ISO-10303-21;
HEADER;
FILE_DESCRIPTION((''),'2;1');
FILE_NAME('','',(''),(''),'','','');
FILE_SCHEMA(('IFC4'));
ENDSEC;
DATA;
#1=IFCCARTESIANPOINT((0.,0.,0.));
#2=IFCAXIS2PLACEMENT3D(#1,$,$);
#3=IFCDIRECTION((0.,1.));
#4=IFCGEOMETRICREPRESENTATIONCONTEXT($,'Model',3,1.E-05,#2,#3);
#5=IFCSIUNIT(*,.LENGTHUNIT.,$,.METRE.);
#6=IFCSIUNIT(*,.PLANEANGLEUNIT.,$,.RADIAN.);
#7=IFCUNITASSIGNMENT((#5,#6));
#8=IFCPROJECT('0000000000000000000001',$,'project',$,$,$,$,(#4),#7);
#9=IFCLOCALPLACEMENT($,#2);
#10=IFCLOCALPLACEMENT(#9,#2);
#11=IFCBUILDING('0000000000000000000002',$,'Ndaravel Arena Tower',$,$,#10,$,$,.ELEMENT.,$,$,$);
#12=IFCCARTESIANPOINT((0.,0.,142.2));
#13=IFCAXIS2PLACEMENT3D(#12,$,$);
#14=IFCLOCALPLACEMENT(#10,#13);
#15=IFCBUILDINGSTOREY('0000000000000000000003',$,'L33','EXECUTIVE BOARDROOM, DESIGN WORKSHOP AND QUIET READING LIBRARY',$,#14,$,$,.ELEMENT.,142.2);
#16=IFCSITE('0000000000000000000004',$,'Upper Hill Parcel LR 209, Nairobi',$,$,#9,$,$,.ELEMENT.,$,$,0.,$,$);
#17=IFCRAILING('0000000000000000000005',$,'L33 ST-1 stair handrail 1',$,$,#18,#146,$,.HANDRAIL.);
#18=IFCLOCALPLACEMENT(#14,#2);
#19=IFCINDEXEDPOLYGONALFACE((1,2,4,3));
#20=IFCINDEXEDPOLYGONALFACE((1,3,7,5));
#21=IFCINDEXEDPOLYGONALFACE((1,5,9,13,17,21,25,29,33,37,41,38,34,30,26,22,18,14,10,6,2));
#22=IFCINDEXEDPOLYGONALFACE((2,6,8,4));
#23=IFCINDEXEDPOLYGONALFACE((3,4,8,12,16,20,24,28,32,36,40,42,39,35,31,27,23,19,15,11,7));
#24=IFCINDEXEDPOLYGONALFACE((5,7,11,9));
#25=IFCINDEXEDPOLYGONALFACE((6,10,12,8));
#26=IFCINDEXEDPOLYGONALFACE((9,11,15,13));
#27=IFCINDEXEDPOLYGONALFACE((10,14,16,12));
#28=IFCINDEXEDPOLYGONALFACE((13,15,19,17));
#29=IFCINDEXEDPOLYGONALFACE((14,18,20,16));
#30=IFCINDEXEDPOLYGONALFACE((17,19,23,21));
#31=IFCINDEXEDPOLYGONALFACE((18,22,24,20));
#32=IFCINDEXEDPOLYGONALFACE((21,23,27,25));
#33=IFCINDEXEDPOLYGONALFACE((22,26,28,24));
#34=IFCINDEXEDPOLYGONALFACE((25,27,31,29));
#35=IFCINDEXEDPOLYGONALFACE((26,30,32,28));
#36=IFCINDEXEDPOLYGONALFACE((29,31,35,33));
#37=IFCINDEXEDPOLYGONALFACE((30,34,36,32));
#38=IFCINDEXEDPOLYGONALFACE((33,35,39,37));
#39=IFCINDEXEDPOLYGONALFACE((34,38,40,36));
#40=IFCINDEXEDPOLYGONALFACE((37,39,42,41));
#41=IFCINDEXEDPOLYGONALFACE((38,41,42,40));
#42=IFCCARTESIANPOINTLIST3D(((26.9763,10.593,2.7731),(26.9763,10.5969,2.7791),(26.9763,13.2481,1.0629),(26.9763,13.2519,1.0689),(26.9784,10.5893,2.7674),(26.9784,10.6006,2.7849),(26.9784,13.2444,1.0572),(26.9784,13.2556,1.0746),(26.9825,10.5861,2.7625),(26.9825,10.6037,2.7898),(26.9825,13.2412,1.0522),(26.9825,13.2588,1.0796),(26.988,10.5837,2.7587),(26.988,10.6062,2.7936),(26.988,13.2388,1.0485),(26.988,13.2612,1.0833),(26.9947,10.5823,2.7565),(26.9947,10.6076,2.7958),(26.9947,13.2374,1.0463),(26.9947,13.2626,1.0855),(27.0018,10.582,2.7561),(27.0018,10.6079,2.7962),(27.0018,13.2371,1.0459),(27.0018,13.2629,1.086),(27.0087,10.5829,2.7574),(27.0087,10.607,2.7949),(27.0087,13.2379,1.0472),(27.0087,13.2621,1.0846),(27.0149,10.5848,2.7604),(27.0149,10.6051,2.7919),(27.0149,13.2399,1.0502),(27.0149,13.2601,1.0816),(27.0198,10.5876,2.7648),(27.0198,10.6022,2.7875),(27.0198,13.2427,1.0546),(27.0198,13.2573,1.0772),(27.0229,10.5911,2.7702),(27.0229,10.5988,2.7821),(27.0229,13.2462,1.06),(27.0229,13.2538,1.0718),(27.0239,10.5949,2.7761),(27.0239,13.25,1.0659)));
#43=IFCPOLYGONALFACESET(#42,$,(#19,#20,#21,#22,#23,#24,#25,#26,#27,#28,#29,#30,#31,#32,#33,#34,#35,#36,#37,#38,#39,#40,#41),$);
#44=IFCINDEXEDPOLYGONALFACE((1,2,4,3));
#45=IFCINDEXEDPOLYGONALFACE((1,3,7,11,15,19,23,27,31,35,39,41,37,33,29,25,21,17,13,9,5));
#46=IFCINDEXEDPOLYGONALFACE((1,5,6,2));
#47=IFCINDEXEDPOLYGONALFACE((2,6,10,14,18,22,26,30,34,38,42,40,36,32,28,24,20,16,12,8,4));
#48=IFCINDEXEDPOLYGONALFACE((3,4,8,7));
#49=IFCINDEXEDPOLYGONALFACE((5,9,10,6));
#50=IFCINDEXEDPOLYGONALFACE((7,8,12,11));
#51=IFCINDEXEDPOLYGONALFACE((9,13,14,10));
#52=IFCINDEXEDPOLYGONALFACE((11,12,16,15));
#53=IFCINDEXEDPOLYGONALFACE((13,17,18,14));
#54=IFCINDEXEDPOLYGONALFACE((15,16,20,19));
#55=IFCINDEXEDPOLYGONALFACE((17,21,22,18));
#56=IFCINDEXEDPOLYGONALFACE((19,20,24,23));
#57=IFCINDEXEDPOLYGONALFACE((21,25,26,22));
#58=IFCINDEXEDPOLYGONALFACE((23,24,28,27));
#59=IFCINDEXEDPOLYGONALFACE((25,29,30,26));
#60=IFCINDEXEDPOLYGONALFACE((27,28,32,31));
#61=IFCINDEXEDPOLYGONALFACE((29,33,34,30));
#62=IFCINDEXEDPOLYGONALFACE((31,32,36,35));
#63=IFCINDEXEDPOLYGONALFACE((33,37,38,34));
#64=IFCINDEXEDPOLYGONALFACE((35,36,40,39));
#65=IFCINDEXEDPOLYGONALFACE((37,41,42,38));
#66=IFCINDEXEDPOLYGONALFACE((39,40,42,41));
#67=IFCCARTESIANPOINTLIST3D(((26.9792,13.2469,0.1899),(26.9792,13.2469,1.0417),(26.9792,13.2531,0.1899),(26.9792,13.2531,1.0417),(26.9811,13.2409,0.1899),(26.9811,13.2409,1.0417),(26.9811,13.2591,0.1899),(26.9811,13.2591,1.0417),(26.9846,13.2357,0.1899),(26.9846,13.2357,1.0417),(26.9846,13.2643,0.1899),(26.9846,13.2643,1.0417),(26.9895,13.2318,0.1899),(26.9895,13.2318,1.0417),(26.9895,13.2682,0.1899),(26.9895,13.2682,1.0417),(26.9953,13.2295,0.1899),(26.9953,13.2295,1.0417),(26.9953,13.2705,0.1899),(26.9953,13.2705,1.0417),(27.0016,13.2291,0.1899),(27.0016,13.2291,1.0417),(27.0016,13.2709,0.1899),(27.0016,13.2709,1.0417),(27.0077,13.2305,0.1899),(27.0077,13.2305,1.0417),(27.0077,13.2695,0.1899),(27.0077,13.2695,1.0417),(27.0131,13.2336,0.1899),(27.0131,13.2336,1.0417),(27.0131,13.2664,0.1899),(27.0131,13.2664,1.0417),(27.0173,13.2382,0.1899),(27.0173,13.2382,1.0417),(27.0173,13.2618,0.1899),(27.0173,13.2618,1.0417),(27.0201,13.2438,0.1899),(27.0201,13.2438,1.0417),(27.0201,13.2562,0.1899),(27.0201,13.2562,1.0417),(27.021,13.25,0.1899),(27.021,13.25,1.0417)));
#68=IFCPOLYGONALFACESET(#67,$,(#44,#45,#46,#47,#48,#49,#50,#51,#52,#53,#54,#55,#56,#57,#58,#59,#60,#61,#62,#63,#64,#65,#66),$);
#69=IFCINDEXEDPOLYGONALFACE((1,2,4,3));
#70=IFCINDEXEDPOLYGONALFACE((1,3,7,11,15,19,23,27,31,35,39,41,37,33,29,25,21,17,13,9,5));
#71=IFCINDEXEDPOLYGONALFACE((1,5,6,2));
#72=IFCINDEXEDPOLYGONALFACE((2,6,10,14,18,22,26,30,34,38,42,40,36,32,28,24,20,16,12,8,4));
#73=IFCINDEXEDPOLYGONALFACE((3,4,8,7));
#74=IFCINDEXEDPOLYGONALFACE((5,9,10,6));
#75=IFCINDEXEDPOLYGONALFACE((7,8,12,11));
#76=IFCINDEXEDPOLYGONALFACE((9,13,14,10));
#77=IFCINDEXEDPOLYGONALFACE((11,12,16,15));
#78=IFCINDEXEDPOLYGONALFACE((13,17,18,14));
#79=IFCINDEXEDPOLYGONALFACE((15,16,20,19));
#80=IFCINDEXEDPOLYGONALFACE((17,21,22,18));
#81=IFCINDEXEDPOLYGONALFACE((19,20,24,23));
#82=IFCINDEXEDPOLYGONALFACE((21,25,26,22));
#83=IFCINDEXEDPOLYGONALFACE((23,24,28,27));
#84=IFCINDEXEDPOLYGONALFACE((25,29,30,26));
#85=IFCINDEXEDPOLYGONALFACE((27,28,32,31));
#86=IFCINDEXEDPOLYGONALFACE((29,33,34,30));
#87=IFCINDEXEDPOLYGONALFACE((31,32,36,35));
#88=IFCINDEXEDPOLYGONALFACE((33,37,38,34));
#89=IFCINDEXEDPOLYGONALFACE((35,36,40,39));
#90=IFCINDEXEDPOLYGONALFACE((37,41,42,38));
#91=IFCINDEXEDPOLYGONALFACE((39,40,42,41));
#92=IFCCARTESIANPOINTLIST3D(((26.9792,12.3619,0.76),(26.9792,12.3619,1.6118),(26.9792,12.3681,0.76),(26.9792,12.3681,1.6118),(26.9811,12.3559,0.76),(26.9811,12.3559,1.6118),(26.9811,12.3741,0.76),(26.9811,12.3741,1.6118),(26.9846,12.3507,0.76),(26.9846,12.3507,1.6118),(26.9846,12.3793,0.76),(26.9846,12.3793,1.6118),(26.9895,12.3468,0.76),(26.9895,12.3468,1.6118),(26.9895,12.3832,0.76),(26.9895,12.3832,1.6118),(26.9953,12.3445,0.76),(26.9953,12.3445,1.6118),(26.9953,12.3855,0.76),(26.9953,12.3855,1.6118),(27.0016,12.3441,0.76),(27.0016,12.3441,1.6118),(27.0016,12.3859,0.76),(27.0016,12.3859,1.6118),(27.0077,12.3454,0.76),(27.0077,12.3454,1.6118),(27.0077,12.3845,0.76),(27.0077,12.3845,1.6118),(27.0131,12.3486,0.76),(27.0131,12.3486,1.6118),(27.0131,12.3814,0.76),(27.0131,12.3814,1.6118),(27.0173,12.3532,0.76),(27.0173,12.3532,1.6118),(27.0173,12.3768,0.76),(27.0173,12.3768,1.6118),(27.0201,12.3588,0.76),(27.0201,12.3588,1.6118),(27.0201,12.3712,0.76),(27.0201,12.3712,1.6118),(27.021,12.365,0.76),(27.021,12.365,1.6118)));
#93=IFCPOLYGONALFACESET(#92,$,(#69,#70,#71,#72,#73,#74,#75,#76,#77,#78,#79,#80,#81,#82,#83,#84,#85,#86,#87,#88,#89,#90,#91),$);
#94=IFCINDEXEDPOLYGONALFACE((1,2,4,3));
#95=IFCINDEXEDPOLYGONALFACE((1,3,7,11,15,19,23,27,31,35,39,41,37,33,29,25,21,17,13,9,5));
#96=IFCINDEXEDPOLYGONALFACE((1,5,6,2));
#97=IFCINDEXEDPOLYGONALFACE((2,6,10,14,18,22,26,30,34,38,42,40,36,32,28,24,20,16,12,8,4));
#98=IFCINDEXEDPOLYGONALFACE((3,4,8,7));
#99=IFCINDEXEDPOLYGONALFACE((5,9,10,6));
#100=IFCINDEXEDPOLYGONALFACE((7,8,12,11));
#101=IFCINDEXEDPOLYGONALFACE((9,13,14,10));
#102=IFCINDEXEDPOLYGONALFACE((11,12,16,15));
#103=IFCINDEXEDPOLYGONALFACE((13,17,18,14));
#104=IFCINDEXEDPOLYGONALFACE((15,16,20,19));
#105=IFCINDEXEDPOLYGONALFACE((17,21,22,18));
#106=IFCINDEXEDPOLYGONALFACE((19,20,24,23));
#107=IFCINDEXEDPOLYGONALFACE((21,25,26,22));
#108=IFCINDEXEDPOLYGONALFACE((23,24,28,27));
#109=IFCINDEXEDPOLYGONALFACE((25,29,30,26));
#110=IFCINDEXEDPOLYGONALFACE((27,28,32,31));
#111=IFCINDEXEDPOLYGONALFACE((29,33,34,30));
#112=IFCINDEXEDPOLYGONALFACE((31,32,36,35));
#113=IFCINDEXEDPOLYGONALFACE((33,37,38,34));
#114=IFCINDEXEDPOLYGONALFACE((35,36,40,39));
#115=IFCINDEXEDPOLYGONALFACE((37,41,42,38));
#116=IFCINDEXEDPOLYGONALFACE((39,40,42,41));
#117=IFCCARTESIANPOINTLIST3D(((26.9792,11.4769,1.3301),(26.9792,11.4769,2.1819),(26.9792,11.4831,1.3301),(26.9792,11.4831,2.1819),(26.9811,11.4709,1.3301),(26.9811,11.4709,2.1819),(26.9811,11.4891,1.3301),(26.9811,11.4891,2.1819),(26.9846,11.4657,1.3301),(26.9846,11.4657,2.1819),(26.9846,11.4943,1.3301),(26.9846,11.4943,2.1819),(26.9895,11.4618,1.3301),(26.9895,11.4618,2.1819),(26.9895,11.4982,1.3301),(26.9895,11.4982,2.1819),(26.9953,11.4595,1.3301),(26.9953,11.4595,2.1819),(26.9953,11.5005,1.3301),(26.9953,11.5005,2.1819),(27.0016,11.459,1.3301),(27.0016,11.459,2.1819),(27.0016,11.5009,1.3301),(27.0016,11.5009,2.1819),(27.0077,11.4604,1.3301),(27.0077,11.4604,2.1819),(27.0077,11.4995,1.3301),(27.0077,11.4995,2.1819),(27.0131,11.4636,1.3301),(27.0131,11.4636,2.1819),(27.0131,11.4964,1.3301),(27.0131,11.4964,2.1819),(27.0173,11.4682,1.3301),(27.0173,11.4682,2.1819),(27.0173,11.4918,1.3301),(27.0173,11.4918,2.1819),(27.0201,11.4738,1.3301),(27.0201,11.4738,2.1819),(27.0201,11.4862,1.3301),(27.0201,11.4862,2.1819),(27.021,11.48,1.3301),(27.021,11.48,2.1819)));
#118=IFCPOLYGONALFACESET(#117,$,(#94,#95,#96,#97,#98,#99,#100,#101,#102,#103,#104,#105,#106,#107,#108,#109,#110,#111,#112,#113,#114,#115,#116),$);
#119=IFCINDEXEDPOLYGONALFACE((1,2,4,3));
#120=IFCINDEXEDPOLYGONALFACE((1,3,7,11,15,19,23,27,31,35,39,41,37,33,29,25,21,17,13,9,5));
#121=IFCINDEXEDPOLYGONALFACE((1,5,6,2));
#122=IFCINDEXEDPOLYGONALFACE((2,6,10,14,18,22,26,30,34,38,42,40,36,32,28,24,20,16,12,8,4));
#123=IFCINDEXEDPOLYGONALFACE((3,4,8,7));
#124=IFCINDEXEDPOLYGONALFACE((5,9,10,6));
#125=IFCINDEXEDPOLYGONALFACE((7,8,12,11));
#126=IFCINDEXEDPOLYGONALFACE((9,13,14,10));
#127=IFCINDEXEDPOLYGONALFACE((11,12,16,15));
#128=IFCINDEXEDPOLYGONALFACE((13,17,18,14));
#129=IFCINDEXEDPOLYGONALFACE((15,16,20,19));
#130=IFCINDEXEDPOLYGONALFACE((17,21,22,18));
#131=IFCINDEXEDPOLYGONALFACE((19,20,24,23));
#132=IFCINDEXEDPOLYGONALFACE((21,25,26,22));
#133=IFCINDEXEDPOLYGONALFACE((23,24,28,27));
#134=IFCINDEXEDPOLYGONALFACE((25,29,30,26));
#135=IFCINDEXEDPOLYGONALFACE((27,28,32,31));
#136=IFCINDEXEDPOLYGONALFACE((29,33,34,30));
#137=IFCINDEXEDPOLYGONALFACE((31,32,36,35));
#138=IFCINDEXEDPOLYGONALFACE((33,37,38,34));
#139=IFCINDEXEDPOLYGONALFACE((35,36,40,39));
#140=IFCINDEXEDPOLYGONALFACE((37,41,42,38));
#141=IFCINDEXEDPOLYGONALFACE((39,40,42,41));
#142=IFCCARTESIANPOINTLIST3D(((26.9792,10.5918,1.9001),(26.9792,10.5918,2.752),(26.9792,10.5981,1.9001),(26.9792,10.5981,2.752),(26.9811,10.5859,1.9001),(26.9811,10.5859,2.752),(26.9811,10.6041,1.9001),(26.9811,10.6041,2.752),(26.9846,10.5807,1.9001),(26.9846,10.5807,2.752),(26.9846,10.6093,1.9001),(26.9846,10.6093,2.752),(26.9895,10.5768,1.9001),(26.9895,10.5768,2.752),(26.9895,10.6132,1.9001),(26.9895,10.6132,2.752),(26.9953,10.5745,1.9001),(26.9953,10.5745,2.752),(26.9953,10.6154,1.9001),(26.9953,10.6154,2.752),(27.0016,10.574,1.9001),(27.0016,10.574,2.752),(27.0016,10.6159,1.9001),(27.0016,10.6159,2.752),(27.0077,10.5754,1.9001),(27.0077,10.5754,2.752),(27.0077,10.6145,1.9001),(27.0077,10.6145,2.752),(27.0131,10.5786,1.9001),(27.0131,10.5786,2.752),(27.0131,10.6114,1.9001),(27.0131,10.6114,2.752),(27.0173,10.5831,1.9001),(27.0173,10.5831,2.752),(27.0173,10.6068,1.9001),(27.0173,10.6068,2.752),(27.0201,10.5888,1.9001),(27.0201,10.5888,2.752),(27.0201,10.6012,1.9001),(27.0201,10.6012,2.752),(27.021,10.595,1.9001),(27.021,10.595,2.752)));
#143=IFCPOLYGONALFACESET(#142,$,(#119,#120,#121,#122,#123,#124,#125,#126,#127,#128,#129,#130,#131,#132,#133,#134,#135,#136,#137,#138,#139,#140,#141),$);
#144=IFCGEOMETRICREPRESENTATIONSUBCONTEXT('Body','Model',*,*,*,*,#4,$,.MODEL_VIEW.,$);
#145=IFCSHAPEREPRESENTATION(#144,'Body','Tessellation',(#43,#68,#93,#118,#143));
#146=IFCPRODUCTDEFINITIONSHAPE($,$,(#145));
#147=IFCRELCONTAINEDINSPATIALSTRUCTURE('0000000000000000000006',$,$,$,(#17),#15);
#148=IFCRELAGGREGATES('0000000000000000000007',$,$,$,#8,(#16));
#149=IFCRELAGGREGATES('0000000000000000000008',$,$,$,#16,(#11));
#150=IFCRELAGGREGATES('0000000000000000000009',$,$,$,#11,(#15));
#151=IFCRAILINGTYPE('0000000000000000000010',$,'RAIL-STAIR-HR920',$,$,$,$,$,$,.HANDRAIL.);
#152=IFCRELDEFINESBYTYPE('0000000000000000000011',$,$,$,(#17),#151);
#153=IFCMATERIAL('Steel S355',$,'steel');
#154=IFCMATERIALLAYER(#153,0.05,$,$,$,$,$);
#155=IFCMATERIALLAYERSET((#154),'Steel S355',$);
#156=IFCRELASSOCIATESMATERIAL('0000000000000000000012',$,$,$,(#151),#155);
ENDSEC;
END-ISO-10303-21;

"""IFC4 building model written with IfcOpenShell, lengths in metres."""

from ifc_helpers import new_model, si_unit, direction, frame, origin, origin_2d, place, context, subcontext, project, spatial, circle, extrude, material, layer, layer_set, type_object, element, save


model = new_model("IFC4")

# Units and contexts
model_context = context("Model", 3, precision=1e-05, world=origin(), true_north=direction((0.0, 1.0)))
body_context = subcontext(model_context, "Body", "Model", "MODEL_VIEW")
ifc_project = project(units=[si_unit("LENGTHUNIT", "METRE"), si_unit("PLANEANGLEUNIT", "RADIAN")], contexts=[model_context])

# Site, building, storey
site_placement = place(None, origin())
site = spatial("IfcSite", under=ifc_project, at=site_placement, Name="Upper Hill Parcel LR 209, Nairobi", CompositionType="ELEMENT", RefElevation=0.0)
building_placement = place(site_placement, origin())
building = spatial("IfcBuilding", under=site, at=building_placement, Name="Ndaravel Arena Tower", CompositionType="ELEMENT")
storey_placement = place(building_placement, frame((0.0, 0.0, 142.2)))
storey = spatial("IfcBuildingStorey", under=building, at=storey_placement, Name="L33", Description="EXECUTIVE BOARDROOM, DESIGN WORKSHOP AND QUIET READING LIBRARY", CompositionType="ELEMENT", Elevation=142.2)

# Railing
ifc_material_1 = material(Name="Steel S355", Category="steel")
ifc_layer_1 = layer(ifc_material_1, 0.05)
ifc_layer_set_1 = layer_set([ifc_layer_1], Name="Steel S355")
railing_type = type_object("IfcRailingType", Name="RAIL-STAIR-HR920", PredefinedType="HANDRAIL", material=ifc_layer_set_1)
railing_placement = place(storey_placement, frame((27.0, 13.25, 0.1899)))
element("IfcRailing", 1, at=railing_placement, inside=storey, type_object=railing_type, Name="L33 ST-1 stair handrail 1", PredefinedType="HANDRAIL", context=body_context, shape_type="SweptSolid", body=[
    extrude(circle(Radius=0.0239, at=origin_2d()), frame((0.0, 0.0, 0.876), z_axis=(0.0, -0.840688, 0.541519), x_axis=(1.0, 0.0, 0.0)), (0.0, 0.0, 1.0), 3.1582),
    extrude(circle(Radius=0.021, at=origin_2d()), origin(), (0.0, 0.0, 1.0), 0.8518),
    extrude(circle(Radius=0.021, at=origin_2d()), frame((0.0, -0.885, 0.5701)), (0.0, 0.0, 1.0), 0.8518),
    extrude(circle(Radius=0.021, at=origin_2d()), frame((0.0, -1.77, 1.1401)), (0.0, 0.0, 1.0), 0.8518),
    extrude(circle(Radius=0.021, at=origin_2d()), frame((0.0, -2.655, 1.7102)), (0.0, 0.0, 1.0), 0.8518),
])

save(model, "model.ifc")
